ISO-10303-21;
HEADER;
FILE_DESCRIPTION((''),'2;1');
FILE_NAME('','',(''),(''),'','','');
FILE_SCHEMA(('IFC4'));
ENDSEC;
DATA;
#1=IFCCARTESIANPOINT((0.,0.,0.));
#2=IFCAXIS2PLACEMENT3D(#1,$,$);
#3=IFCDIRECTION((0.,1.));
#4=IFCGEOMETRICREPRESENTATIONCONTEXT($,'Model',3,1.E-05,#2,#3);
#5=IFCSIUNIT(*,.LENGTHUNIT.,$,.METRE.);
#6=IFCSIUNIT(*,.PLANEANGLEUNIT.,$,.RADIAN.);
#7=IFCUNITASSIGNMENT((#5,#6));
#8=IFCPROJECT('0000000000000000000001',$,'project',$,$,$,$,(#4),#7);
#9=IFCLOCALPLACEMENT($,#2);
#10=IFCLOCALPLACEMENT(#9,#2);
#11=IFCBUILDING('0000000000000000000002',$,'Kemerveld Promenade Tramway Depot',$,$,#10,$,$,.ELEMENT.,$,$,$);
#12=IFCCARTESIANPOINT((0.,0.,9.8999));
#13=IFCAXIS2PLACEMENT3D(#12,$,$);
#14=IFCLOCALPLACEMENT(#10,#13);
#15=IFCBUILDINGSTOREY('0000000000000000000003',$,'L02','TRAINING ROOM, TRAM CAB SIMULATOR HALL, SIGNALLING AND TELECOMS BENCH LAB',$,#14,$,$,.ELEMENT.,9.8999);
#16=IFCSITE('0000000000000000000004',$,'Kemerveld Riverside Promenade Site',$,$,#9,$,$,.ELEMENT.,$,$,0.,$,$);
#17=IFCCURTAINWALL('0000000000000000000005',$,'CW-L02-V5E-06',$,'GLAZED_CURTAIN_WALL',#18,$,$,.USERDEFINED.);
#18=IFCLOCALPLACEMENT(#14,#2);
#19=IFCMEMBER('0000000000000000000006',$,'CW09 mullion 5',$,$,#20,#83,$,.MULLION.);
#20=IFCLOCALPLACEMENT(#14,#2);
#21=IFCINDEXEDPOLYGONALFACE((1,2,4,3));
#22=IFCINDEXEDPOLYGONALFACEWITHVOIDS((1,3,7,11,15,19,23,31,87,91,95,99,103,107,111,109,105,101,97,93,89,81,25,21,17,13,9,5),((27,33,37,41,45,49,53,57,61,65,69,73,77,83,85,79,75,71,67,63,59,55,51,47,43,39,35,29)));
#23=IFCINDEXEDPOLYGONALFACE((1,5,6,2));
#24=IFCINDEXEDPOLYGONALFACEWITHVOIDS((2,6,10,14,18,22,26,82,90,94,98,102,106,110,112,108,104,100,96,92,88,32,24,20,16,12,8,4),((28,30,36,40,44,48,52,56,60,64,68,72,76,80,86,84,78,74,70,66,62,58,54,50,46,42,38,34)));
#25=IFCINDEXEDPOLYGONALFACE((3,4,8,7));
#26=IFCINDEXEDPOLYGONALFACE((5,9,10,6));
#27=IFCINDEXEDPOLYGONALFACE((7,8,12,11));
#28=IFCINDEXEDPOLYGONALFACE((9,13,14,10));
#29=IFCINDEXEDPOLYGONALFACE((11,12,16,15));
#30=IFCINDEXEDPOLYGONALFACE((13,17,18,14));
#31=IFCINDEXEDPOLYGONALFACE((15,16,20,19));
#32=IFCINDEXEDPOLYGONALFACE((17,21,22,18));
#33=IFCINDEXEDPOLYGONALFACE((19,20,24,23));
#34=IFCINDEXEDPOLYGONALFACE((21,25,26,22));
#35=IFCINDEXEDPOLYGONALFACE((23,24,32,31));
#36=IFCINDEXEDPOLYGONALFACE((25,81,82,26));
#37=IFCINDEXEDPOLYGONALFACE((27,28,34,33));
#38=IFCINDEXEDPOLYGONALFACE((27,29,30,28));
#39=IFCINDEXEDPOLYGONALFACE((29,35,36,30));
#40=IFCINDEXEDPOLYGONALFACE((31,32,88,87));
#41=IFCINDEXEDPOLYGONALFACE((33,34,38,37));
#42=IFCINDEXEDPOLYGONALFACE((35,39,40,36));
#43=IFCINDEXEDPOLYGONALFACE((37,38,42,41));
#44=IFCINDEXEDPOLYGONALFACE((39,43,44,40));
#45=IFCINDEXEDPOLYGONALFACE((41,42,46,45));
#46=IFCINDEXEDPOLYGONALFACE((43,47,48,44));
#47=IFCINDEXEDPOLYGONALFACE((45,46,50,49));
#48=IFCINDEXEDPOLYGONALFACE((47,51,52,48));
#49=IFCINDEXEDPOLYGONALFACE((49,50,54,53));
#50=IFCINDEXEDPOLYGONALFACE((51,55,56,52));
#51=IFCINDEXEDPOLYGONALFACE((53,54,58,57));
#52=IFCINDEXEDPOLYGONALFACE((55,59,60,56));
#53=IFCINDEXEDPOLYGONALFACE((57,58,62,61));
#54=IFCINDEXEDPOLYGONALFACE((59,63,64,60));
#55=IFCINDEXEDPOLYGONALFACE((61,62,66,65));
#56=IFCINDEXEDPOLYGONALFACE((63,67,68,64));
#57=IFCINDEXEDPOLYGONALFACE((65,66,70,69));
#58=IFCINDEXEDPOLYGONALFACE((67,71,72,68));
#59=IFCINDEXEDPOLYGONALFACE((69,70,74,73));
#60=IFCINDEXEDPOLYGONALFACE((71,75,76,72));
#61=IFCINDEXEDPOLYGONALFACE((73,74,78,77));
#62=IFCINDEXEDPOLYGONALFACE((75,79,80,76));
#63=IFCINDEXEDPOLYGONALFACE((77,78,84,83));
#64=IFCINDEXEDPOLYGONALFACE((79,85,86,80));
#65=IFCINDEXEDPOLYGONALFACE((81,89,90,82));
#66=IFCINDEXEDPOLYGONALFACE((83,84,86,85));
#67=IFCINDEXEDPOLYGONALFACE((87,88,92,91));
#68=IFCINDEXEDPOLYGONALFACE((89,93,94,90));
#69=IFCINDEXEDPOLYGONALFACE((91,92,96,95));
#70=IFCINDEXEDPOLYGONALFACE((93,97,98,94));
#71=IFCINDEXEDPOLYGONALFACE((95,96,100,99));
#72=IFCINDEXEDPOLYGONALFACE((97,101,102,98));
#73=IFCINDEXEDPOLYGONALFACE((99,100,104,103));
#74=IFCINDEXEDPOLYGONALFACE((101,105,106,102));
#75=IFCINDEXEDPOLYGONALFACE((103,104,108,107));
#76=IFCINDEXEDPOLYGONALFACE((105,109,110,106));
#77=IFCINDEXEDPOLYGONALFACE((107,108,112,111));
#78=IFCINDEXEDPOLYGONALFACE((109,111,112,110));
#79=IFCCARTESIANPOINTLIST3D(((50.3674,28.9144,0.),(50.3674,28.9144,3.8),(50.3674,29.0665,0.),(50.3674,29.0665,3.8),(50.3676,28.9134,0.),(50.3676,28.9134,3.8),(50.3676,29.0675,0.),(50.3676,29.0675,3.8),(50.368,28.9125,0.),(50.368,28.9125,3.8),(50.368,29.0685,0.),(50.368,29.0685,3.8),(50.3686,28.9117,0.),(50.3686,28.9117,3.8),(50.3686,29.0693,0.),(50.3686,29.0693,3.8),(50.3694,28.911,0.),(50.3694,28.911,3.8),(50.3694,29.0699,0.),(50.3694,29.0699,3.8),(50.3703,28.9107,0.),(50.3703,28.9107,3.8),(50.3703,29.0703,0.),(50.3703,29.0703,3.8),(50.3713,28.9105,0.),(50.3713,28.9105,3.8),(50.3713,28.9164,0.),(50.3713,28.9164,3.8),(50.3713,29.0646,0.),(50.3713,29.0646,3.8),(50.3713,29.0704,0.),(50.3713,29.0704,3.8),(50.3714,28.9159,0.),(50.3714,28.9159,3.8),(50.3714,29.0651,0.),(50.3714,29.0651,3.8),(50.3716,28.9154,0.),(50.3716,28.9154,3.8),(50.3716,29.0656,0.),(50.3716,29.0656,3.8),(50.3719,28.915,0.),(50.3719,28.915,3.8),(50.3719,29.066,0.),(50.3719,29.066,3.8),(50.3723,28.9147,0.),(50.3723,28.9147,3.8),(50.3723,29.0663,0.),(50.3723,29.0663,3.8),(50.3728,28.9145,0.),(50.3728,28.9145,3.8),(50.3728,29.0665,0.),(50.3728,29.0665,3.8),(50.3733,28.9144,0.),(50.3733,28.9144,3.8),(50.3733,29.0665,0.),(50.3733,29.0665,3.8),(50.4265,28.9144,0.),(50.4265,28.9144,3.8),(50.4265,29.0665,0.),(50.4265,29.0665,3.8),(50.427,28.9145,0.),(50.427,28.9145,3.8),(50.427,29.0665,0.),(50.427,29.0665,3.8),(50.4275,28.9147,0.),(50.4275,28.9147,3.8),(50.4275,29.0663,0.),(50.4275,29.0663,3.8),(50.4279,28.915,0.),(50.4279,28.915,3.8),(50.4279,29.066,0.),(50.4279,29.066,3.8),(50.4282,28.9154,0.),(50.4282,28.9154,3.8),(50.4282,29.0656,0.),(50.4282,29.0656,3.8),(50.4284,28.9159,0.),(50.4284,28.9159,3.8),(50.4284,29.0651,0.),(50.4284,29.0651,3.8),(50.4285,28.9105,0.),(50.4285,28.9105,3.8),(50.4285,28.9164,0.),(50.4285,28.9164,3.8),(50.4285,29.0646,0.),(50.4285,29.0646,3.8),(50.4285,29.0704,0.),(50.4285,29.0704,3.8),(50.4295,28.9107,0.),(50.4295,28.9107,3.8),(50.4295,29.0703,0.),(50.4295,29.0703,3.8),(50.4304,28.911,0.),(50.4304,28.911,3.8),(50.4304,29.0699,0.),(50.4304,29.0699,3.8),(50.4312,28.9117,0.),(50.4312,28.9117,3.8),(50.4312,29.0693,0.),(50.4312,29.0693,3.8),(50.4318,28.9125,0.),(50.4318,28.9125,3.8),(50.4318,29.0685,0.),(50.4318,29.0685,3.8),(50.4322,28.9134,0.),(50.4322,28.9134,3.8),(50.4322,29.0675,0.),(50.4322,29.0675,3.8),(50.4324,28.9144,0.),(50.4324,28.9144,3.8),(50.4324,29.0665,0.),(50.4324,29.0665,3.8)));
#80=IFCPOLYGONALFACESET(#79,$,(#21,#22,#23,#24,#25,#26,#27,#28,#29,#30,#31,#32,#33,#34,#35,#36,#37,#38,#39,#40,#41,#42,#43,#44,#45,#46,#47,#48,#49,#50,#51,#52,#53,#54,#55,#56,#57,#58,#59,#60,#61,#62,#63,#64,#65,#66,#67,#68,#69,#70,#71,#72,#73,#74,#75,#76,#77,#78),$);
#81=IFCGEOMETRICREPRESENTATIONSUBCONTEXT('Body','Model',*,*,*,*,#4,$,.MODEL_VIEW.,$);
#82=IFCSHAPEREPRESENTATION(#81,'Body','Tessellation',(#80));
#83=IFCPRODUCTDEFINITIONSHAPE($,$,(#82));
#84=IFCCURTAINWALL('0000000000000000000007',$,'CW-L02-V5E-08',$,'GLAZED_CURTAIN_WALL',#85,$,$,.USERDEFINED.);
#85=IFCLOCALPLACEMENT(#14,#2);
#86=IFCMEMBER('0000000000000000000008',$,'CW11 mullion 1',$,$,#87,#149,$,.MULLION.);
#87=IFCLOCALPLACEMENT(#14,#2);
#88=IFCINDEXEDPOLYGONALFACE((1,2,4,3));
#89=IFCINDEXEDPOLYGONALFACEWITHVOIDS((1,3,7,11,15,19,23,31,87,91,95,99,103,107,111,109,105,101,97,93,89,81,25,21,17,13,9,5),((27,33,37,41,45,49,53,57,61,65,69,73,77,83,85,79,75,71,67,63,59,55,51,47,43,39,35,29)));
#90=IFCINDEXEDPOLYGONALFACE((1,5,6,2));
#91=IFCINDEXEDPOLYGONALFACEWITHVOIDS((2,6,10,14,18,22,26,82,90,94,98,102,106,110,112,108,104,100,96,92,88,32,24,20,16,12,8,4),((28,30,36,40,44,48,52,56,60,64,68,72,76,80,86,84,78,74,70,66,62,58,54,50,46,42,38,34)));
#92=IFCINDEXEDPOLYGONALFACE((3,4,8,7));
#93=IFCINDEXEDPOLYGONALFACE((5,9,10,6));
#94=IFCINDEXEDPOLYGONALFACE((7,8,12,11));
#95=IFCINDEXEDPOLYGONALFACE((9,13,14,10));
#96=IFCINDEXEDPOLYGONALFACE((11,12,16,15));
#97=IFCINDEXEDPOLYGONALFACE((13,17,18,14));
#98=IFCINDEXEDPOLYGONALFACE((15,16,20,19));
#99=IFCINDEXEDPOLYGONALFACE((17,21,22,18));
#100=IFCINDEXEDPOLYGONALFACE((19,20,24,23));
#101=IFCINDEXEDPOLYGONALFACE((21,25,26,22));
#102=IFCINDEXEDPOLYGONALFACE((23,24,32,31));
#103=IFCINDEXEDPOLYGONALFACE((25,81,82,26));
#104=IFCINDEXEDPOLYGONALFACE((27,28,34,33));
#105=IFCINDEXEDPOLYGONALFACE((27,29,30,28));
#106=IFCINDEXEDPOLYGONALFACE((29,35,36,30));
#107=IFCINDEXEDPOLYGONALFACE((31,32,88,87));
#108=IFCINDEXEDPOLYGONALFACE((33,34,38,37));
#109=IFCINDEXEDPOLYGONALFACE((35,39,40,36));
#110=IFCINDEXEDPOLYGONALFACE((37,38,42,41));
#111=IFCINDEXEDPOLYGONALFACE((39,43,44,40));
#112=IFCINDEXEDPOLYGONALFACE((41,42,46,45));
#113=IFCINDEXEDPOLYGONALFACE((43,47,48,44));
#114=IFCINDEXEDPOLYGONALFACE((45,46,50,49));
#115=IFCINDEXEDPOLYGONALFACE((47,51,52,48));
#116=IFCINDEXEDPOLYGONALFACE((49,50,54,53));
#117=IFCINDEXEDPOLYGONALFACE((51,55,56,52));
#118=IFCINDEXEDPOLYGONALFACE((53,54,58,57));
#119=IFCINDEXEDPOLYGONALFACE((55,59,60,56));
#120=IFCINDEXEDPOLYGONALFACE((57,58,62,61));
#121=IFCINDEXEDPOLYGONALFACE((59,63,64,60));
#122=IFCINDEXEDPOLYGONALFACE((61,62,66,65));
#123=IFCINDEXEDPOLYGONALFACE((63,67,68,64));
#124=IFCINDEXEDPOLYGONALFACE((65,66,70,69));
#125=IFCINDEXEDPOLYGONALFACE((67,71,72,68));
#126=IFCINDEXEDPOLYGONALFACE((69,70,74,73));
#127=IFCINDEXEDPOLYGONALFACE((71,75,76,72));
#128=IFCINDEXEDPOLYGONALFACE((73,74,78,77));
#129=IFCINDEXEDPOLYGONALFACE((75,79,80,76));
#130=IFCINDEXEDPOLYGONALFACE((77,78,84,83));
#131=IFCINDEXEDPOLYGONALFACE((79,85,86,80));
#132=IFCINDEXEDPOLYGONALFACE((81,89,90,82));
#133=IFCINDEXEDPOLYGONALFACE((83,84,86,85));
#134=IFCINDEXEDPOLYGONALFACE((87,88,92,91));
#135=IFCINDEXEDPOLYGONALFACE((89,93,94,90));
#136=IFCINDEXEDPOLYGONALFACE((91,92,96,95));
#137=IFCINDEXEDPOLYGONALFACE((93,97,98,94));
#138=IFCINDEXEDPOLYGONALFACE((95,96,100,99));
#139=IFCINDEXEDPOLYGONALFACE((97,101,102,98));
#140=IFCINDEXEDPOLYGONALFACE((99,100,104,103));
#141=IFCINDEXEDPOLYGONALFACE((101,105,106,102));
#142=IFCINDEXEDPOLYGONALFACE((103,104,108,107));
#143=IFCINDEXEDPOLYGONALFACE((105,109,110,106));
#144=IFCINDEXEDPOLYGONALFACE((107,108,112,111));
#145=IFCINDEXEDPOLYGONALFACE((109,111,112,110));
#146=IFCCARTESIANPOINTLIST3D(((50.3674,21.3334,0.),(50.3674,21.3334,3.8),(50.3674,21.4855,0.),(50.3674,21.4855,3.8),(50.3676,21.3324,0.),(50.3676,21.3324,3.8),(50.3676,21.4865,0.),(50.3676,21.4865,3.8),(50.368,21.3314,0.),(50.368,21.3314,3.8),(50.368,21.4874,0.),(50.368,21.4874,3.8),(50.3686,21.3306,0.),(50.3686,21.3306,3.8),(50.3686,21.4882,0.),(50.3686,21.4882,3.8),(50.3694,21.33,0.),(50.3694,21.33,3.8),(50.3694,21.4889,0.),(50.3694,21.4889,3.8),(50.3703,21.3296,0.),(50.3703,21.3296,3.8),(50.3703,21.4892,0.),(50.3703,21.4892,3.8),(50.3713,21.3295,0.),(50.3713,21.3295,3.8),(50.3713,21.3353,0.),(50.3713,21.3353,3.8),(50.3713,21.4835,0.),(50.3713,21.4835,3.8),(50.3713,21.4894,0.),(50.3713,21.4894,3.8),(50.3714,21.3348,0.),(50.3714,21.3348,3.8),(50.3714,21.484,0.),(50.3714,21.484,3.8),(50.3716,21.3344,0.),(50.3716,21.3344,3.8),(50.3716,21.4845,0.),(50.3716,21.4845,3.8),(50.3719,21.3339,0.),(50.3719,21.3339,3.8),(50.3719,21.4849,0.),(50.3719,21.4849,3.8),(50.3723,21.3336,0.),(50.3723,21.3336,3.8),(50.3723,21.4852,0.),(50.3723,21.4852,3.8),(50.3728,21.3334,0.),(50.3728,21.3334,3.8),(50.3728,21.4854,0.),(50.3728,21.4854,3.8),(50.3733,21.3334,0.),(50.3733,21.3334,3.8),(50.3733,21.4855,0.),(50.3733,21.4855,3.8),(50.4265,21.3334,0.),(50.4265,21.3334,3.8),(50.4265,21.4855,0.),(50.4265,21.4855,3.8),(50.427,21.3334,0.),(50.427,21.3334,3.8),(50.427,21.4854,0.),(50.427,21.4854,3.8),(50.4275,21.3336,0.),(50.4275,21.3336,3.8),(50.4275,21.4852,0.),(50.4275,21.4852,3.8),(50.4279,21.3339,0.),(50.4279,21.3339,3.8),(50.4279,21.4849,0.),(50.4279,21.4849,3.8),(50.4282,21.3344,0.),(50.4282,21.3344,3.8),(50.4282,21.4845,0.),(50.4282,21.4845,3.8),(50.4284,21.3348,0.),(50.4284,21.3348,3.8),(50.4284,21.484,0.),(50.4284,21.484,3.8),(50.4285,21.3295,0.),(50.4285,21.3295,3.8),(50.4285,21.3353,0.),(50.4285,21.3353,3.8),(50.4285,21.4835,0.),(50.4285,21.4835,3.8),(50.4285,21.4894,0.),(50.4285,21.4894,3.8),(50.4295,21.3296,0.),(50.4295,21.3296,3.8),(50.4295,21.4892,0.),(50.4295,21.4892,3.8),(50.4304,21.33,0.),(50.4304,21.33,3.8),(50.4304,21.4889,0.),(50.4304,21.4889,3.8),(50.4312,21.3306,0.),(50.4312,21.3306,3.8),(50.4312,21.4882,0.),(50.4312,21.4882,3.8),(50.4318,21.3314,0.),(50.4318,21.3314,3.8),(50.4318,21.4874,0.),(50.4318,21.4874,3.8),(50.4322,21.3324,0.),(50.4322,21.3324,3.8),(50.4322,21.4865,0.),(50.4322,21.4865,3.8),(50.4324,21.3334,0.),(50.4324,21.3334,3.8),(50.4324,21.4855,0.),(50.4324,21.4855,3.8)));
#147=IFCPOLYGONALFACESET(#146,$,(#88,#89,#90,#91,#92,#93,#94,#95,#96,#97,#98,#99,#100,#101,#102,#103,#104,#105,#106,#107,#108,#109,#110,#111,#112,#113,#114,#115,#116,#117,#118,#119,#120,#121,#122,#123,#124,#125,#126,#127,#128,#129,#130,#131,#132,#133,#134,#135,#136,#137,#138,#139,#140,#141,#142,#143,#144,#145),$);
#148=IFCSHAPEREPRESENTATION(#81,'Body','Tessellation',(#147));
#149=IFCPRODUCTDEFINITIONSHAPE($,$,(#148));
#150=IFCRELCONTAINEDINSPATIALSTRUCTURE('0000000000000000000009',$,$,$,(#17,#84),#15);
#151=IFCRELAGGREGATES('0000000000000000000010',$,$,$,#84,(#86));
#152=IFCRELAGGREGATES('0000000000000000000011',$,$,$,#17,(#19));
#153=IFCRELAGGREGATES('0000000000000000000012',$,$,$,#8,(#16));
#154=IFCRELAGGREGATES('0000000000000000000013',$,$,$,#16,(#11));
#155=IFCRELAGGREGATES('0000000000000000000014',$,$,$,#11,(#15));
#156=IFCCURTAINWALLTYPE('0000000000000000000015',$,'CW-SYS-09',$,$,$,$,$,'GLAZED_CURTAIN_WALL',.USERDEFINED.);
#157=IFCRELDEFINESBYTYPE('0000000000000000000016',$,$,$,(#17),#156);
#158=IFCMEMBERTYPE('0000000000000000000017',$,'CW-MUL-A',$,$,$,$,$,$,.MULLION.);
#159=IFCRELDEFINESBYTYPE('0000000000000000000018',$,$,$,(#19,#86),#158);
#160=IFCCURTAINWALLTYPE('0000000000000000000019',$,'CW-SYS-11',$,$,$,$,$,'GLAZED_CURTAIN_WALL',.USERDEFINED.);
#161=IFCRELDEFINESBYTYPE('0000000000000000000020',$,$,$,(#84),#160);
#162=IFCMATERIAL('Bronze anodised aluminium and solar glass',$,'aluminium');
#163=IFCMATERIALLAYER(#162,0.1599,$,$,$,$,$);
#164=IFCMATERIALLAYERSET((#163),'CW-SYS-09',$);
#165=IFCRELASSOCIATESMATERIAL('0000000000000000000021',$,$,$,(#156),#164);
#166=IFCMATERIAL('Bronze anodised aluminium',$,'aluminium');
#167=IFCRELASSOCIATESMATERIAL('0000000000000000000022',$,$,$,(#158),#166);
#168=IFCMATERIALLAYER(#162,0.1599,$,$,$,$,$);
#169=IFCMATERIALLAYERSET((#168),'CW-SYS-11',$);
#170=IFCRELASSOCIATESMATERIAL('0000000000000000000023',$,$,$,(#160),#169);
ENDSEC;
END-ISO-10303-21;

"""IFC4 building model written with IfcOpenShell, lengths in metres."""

from ifc_helpers import new_model, si_unit, direction, frame, origin, origin_2d, place, context, subcontext, project, spatial, hollow_rectangle, extrude, material, layer, layer_set, material_profile, profile_set, type_object, element, aggregate, save


model = new_model("IFC4")

# Units and contexts
model_context = context("Model", 3, precision=1e-05, world=origin(), true_north=direction((0.0, 1.0)))
body_context = subcontext(model_context, "Body", "Model", "MODEL_VIEW")
ifc_project = project(units=[si_unit("LENGTHUNIT", "METRE"), si_unit("PLANEANGLEUNIT", "RADIAN")], contexts=[model_context])

# Site, building, storey
site_placement = place(None, origin())
site = spatial("IfcSite", under=ifc_project, at=site_placement, Name="Kemerveld Riverside Promenade Site", CompositionType="ELEMENT", RefElevation=0.0)
building_placement = place(site_placement, origin())
building = spatial("IfcBuilding", under=site, at=building_placement, Name="Kemerveld Promenade Tramway Depot", CompositionType="ELEMENT")
storey_placement = place(building_placement, frame((0.0, 0.0, 9.8999)))
storey = spatial("IfcBuildingStorey", under=building, at=storey_placement, Name="L02", Description="TRAINING ROOM, TRAM CAB SIMULATOR HALL, SIGNALLING AND TELECOMS BENCH LAB", CompositionType="ELEMENT", Elevation=9.8999)

# Curtain walls, members
ifc_material_1 = material(Name="Bronze anodised aluminium and solar glass", Category="aluminium")
ifc_layer_1 = layer(ifc_material_1, 0.1599)
ifc_layer_set_1 = layer_set([ifc_layer_1], Name="CW-SYS-09")
curtain_wall_type_1 = type_object("IfcCurtainWallType", Name="CW-SYS-09", ElementType="GLAZED_CURTAIN_WALL", PredefinedType="USERDEFINED", material=ifc_layer_set_1)
curtain_wall_1_placement = place(storey_placement, origin())
curtain_wall_1 = element("IfcCurtainWall", 1, at=curtain_wall_1_placement, inside=storey, type_object=curtain_wall_type_1, Name="CW-L02-V5E-06", ObjectType="GLAZED_CURTAIN_WALL", PredefinedType="USERDEFINED")
ifc_material_2 = material(Name="Bronze anodised aluminium", Category="aluminium")
ifc_material_profile_1 = material_profile(ifc_material_2, hollow_rectangle(XDim=0.0649, YDim=0.1599, WallThickness=0.0039, InnerFilletRadius=0.002, OuterFilletRadius=0.0039, at=origin_2d()), Name="CW-MUL-160x65")
ifc_profile_set_1 = profile_set([ifc_material_profile_1], Name="Bronze anodised aluminium")
member_type_1 = type_object("IfcMemberType", Name="CW-MUL-A", PredefinedType="MULLION", material=ifc_profile_set_1)
member_1_placement = place(storey_placement, frame((50.3999, 28.9905, 0.0), z_axis=(0.0, 0.0, 1.0), x_axis=(1.0, 0.0, 0.0)))
member_1 = element("IfcMember", 2, at=member_1_placement, type_object=member_type_1, Name="CW09 mullion 5", PredefinedType="MULLION", context=body_context, shape_type="SweptSolid", body=[
    extrude(hollow_rectangle(XDim=0.0649, YDim=0.1599, WallThickness=0.0039, InnerFilletRadius=0.002, OuterFilletRadius=0.0039, at=origin_2d()), origin(), (0.0, 0.0, 1.0), 3.8),
])
ifc_layer_2 = layer(ifc_material_1, 0.1599)
ifc_layer_set_2 = layer_set([ifc_layer_2], Name="CW-SYS-11")
curtain_wall_type_2 = type_object("IfcCurtainWallType", Name="CW-SYS-11", ElementType="GLAZED_CURTAIN_WALL", PredefinedType="USERDEFINED", material=ifc_layer_set_2)
curtain_wall_2_placement = place(storey_placement, origin())
curtain_wall_2 = element("IfcCurtainWall", 3, at=curtain_wall_2_placement, inside=storey, type_object=curtain_wall_type_2, Name="CW-L02-V5E-08", ObjectType="GLAZED_CURTAIN_WALL", PredefinedType="USERDEFINED")
member_2_placement = place(storey_placement, frame((50.3999, 21.4094, 0.0), z_axis=(0.0, 0.0, 1.0), x_axis=(1.0, 0.0, 0.0)))
member_2 = element("IfcMember", 4, at=member_2_placement, type_object=member_type_1, Name="CW11 mullion 1", PredefinedType="MULLION", context=body_context, shape_type="SweptSolid", body=[
    extrude(hollow_rectangle(XDim=0.0649, YDim=0.1599, WallThickness=0.0039, InnerFilletRadius=0.002, OuterFilletRadius=0.0039, at=origin_2d()), origin(), (0.0, 0.0, 1.0), 3.8),
])

aggregate(curtain_wall_2, [member_2])

aggregate(curtain_wall_1, [member_1])

save(model, "model.ifc")
